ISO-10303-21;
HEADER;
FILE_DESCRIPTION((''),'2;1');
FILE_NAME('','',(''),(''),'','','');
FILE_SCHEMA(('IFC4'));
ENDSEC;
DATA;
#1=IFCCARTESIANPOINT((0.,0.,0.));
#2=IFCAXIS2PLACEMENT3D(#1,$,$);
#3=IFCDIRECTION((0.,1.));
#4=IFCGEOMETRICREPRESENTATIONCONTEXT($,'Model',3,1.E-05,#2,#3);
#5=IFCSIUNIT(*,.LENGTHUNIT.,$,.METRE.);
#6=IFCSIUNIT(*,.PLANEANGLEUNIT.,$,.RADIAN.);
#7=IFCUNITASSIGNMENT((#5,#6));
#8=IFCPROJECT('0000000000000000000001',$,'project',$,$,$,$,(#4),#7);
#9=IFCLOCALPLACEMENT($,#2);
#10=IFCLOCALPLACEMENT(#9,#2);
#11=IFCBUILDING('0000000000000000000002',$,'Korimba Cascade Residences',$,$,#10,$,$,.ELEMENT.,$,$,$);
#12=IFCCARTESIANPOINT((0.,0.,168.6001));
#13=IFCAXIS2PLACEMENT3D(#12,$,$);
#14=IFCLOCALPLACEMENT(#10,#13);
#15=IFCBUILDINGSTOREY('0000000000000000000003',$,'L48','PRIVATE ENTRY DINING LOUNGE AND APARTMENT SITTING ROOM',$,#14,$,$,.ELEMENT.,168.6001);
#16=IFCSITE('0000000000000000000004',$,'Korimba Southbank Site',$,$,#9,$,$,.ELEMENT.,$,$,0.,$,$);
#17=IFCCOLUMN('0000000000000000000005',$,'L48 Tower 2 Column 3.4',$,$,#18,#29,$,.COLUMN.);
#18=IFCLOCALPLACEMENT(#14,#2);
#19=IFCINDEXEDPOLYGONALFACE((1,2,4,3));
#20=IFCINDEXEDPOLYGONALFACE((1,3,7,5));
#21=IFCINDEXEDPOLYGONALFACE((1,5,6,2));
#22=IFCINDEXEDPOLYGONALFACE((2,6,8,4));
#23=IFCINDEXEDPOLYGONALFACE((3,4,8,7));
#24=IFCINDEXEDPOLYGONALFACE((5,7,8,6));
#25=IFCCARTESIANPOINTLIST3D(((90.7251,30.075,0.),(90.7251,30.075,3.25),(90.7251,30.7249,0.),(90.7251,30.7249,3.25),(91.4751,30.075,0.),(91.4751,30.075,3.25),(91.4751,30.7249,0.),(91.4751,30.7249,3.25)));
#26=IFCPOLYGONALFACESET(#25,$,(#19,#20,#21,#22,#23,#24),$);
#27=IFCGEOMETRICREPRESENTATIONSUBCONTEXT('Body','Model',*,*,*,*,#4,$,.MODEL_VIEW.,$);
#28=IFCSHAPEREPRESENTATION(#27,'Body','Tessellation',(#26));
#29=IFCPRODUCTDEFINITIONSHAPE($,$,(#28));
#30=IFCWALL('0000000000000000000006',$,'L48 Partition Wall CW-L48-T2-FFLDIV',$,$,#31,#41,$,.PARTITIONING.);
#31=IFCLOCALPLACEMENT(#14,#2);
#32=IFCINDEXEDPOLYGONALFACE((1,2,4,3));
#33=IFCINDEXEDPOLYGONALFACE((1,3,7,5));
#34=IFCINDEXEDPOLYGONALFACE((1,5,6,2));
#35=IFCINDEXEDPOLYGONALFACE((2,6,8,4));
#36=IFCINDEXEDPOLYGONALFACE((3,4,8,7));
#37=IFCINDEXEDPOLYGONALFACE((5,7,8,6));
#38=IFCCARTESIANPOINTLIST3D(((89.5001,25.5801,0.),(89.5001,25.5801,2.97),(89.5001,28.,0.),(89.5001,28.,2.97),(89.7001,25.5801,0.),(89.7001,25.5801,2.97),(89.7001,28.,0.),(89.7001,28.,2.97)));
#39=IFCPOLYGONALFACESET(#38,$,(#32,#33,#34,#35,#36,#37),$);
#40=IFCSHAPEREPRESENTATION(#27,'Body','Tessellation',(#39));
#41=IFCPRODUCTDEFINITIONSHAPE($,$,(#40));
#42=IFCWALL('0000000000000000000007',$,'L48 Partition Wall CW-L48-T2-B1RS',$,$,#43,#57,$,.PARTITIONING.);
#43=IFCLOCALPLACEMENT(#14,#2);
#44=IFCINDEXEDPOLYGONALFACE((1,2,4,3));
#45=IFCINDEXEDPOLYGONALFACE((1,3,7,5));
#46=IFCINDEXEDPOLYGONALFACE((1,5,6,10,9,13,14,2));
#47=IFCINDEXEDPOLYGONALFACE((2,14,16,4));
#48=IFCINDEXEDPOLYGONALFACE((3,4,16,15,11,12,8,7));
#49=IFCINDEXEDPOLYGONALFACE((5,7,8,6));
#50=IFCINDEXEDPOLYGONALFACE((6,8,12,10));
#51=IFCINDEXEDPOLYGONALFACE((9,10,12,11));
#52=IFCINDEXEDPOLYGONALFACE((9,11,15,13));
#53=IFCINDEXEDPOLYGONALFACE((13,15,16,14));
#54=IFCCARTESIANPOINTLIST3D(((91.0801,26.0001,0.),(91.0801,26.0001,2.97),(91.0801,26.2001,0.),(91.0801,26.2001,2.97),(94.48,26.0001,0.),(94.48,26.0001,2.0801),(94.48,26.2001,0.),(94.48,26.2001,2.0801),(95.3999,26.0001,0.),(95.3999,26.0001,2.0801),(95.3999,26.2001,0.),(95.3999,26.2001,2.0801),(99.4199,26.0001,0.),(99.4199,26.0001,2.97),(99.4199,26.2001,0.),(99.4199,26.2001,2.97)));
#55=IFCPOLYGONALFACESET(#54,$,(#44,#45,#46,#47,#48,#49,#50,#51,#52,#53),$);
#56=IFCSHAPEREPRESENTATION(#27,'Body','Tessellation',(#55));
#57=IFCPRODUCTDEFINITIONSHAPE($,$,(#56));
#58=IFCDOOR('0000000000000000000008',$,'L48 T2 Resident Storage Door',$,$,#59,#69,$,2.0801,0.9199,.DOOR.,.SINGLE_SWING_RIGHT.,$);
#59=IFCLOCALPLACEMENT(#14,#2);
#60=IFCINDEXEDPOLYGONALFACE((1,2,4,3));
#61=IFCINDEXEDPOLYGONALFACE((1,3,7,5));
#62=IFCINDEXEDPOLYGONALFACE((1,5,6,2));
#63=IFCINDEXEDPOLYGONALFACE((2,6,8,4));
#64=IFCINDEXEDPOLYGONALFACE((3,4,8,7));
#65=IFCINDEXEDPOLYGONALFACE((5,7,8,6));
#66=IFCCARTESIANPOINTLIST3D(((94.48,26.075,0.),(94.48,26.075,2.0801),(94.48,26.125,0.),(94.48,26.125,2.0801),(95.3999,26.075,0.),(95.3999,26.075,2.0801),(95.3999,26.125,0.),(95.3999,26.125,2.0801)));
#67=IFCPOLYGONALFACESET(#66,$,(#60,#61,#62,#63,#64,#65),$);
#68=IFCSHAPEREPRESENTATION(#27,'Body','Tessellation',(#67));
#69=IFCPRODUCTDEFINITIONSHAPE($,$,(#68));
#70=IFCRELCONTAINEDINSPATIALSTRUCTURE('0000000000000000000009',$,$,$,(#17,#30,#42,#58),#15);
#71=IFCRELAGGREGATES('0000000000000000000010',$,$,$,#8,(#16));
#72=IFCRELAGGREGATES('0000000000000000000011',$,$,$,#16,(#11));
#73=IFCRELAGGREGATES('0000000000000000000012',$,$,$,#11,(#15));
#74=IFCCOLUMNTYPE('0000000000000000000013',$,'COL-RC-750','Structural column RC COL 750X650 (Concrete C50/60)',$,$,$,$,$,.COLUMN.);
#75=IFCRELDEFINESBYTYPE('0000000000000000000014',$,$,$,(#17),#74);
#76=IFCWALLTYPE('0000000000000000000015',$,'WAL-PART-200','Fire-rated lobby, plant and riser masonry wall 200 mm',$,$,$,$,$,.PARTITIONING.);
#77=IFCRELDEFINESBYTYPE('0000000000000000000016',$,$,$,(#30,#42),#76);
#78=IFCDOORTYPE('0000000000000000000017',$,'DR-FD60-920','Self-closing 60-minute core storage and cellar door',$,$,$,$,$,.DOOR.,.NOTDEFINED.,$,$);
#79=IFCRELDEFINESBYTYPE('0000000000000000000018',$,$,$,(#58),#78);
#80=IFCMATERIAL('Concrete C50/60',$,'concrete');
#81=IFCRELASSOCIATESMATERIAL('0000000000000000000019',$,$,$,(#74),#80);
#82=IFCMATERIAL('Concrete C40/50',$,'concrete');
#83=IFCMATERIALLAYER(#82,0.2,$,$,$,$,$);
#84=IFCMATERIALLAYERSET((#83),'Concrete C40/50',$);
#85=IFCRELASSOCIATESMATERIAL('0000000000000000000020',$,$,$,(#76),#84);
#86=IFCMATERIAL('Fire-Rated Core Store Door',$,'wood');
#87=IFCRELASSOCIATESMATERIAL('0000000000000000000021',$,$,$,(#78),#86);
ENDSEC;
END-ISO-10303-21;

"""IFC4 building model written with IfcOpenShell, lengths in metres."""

from ifc_helpers import new_model, si_unit, direction, frame, frame_2d, origin, origin_2d, place, context, subcontext, project, spatial, rectangle, extrude, material, layer, layer_set, material_profile, profile_set, type_object, element, fill, save


model = new_model("IFC4")

# Units and contexts
model_context = context("Model", 3, precision=1e-05, world=origin(), true_north=direction((0.0, 1.0)))
body_context = subcontext(model_context, "Body", "Model", "MODEL_VIEW")
ifc_project = project(units=[si_unit("LENGTHUNIT", "METRE"), si_unit("PLANEANGLEUNIT", "RADIAN")], contexts=[model_context])

# Site, building, storey
site_placement = place(None, origin())
site = spatial("IfcSite", under=ifc_project, at=site_placement, Name="Korimba Southbank Site", CompositionType="ELEMENT", RefElevation=0.0)
building_placement = place(site_placement, origin())
building = spatial("IfcBuilding", under=site, at=building_placement, Name="Korimba Cascade Residences", CompositionType="ELEMENT")
storey_placement = place(building_placement, frame((0.0, 0.0, 168.6001)))
storey = spatial("IfcBuildingStorey", under=building, at=storey_placement, Name="L48", Description="PRIVATE ENTRY DINING LOUNGE AND APARTMENT SITTING ROOM", CompositionType="ELEMENT", Elevation=168.6001)

# Column
ifc_material_1 = material(Name="Concrete C50/60", Category="concrete")
ifc_material_profile = material_profile(ifc_material_1, rectangle(XDim=0.75, YDim=0.6499, at=origin_2d()), Name="Concrete C50/60")
ifc_profile_set = profile_set([ifc_material_profile], Name="Concrete C50/60")
column_type = type_object("IfcColumnType", Name="COL-RC-750", Description="Structural column RC COL 750X650 (Concrete C50/60)", PredefinedType="COLUMN", material=ifc_profile_set)
column_placement = place(storey_placement, frame((91.1001, 30.3999, 0.0), z_axis=(0.0, 0.0, 1.0), x_axis=(1.0, 0.0, 0.0)))
element("IfcColumn", 1, at=column_placement, inside=storey, type_object=column_type, Name="L48 Tower 2 Column 3.4", PredefinedType="COLUMN", context=body_context, shape_type="SweptSolid", body=[
    extrude(rectangle(XDim=0.75, YDim=0.6499, at=origin_2d()), origin(), (0.0, 0.0, 1.0), 3.25),
])

# Wall
ifc_material_2 = material(Name="Concrete C40/50", Category="concrete")
ifc_layer_1 = layer(ifc_material_2, 0.2)
ifc_layer_set_1 = layer_set([ifc_layer_1], Name="Concrete C40/50")
wall_type_1 = type_object("IfcWallType", Name="WAL-PART-200", Description="Fire-rated lobby, plant and riser masonry wall 200 mm", PredefinedType="PARTITIONING", material=ifc_layer_set_1)
wall_1_placement = place(storey_placement, frame((89.6001, 25.5801, 0.0), z_axis=(0.0, 0.0, 1.0), x_axis=(0.0, 1.0, 0.0)))
element("IfcWall", 2, at=wall_1_placement, inside=storey, type_object=wall_type_1, Name="L48 Partition Wall CW-L48-T2-FFLDIV", PredefinedType="PARTITIONING", context=body_context, shape_type="SweptSolid", body=[
    extrude(rectangle(XDim=2.4199, YDim=0.2, at=frame_2d((1.21, 0.0))), origin(), (0.0, 0.0, 1.0), 2.97),
])

# Wall, opening, door
wall_2_placement = place(storey_placement, frame((91.0801, 26.1001, 0.0), z_axis=(0.0, 0.0, 1.0), x_axis=(1.0, 0.0, 0.0)))
wall_2 = element("IfcWall", 3, at=wall_2_placement, inside=storey, type_object=wall_type_1, Name="L48 Partition Wall CW-L48-T2-B1RS", PredefinedType="PARTITIONING", context=body_context, shape_type="SweptSolid", body=[
    extrude(rectangle(XDim=8.3398, YDim=0.2, at=frame_2d((4.1699, 0.0))), origin(), (0.0, 0.0, 1.0), 2.97),
])
opening_1_placement = place(wall_2_placement, frame((3.3999, 0.0, 0.0)))
opening_1 = element("IfcOpeningElement", 4, at=opening_1_placement, cuts=wall_2, PredefinedType="OPENING", context=body_context, shape_type="SweptSolid", body=[
    extrude(rectangle(XDim=0.9199, YDim=2.0801, at=frame_2d((0.46, 1.04))), frame((0.0, 0.1099, 0.0), z_axis=(0.0, -1.0, 0.0), x_axis=(1.0, 0.0, 0.0)), (0.0, 0.0, 1.0), 0.22),
])
ifc_material_3 = material(Name="Fire-Rated Core Store Door", Category="wood")
door_type_1 = type_object("IfcDoorType", Name="DR-FD60-920", Description="Self-closing 60-minute core storage and cellar door", OperationType="NOTDEFINED", PredefinedType="DOOR", material=ifc_material_3)
door_1_placement = place(opening_1_placement, origin())
door_1 = element("IfcDoor", 5, at=door_1_placement, inside=storey, type_object=door_type_1, Name="L48 T2 Resident Storage Door", OperationType="SINGLE_SWING_RIGHT", OverallHeight=2.0801, OverallWidth=0.9199, PredefinedType="DOOR", context=body_context, shape_type="SweptSolid", body=[
    extrude(rectangle(XDim=0.9199, YDim=2.0801, at=frame_2d((0.46, 1.04))), frame((0.0, 0.0249, 0.0), z_axis=(0.0, -1.0, 0.0), x_axis=(1.0, 0.0, 0.0)), (0.0, 0.0, 1.0), 0.05),
])
fill(opening_1, door_1)

save(model, "model.ifc")
